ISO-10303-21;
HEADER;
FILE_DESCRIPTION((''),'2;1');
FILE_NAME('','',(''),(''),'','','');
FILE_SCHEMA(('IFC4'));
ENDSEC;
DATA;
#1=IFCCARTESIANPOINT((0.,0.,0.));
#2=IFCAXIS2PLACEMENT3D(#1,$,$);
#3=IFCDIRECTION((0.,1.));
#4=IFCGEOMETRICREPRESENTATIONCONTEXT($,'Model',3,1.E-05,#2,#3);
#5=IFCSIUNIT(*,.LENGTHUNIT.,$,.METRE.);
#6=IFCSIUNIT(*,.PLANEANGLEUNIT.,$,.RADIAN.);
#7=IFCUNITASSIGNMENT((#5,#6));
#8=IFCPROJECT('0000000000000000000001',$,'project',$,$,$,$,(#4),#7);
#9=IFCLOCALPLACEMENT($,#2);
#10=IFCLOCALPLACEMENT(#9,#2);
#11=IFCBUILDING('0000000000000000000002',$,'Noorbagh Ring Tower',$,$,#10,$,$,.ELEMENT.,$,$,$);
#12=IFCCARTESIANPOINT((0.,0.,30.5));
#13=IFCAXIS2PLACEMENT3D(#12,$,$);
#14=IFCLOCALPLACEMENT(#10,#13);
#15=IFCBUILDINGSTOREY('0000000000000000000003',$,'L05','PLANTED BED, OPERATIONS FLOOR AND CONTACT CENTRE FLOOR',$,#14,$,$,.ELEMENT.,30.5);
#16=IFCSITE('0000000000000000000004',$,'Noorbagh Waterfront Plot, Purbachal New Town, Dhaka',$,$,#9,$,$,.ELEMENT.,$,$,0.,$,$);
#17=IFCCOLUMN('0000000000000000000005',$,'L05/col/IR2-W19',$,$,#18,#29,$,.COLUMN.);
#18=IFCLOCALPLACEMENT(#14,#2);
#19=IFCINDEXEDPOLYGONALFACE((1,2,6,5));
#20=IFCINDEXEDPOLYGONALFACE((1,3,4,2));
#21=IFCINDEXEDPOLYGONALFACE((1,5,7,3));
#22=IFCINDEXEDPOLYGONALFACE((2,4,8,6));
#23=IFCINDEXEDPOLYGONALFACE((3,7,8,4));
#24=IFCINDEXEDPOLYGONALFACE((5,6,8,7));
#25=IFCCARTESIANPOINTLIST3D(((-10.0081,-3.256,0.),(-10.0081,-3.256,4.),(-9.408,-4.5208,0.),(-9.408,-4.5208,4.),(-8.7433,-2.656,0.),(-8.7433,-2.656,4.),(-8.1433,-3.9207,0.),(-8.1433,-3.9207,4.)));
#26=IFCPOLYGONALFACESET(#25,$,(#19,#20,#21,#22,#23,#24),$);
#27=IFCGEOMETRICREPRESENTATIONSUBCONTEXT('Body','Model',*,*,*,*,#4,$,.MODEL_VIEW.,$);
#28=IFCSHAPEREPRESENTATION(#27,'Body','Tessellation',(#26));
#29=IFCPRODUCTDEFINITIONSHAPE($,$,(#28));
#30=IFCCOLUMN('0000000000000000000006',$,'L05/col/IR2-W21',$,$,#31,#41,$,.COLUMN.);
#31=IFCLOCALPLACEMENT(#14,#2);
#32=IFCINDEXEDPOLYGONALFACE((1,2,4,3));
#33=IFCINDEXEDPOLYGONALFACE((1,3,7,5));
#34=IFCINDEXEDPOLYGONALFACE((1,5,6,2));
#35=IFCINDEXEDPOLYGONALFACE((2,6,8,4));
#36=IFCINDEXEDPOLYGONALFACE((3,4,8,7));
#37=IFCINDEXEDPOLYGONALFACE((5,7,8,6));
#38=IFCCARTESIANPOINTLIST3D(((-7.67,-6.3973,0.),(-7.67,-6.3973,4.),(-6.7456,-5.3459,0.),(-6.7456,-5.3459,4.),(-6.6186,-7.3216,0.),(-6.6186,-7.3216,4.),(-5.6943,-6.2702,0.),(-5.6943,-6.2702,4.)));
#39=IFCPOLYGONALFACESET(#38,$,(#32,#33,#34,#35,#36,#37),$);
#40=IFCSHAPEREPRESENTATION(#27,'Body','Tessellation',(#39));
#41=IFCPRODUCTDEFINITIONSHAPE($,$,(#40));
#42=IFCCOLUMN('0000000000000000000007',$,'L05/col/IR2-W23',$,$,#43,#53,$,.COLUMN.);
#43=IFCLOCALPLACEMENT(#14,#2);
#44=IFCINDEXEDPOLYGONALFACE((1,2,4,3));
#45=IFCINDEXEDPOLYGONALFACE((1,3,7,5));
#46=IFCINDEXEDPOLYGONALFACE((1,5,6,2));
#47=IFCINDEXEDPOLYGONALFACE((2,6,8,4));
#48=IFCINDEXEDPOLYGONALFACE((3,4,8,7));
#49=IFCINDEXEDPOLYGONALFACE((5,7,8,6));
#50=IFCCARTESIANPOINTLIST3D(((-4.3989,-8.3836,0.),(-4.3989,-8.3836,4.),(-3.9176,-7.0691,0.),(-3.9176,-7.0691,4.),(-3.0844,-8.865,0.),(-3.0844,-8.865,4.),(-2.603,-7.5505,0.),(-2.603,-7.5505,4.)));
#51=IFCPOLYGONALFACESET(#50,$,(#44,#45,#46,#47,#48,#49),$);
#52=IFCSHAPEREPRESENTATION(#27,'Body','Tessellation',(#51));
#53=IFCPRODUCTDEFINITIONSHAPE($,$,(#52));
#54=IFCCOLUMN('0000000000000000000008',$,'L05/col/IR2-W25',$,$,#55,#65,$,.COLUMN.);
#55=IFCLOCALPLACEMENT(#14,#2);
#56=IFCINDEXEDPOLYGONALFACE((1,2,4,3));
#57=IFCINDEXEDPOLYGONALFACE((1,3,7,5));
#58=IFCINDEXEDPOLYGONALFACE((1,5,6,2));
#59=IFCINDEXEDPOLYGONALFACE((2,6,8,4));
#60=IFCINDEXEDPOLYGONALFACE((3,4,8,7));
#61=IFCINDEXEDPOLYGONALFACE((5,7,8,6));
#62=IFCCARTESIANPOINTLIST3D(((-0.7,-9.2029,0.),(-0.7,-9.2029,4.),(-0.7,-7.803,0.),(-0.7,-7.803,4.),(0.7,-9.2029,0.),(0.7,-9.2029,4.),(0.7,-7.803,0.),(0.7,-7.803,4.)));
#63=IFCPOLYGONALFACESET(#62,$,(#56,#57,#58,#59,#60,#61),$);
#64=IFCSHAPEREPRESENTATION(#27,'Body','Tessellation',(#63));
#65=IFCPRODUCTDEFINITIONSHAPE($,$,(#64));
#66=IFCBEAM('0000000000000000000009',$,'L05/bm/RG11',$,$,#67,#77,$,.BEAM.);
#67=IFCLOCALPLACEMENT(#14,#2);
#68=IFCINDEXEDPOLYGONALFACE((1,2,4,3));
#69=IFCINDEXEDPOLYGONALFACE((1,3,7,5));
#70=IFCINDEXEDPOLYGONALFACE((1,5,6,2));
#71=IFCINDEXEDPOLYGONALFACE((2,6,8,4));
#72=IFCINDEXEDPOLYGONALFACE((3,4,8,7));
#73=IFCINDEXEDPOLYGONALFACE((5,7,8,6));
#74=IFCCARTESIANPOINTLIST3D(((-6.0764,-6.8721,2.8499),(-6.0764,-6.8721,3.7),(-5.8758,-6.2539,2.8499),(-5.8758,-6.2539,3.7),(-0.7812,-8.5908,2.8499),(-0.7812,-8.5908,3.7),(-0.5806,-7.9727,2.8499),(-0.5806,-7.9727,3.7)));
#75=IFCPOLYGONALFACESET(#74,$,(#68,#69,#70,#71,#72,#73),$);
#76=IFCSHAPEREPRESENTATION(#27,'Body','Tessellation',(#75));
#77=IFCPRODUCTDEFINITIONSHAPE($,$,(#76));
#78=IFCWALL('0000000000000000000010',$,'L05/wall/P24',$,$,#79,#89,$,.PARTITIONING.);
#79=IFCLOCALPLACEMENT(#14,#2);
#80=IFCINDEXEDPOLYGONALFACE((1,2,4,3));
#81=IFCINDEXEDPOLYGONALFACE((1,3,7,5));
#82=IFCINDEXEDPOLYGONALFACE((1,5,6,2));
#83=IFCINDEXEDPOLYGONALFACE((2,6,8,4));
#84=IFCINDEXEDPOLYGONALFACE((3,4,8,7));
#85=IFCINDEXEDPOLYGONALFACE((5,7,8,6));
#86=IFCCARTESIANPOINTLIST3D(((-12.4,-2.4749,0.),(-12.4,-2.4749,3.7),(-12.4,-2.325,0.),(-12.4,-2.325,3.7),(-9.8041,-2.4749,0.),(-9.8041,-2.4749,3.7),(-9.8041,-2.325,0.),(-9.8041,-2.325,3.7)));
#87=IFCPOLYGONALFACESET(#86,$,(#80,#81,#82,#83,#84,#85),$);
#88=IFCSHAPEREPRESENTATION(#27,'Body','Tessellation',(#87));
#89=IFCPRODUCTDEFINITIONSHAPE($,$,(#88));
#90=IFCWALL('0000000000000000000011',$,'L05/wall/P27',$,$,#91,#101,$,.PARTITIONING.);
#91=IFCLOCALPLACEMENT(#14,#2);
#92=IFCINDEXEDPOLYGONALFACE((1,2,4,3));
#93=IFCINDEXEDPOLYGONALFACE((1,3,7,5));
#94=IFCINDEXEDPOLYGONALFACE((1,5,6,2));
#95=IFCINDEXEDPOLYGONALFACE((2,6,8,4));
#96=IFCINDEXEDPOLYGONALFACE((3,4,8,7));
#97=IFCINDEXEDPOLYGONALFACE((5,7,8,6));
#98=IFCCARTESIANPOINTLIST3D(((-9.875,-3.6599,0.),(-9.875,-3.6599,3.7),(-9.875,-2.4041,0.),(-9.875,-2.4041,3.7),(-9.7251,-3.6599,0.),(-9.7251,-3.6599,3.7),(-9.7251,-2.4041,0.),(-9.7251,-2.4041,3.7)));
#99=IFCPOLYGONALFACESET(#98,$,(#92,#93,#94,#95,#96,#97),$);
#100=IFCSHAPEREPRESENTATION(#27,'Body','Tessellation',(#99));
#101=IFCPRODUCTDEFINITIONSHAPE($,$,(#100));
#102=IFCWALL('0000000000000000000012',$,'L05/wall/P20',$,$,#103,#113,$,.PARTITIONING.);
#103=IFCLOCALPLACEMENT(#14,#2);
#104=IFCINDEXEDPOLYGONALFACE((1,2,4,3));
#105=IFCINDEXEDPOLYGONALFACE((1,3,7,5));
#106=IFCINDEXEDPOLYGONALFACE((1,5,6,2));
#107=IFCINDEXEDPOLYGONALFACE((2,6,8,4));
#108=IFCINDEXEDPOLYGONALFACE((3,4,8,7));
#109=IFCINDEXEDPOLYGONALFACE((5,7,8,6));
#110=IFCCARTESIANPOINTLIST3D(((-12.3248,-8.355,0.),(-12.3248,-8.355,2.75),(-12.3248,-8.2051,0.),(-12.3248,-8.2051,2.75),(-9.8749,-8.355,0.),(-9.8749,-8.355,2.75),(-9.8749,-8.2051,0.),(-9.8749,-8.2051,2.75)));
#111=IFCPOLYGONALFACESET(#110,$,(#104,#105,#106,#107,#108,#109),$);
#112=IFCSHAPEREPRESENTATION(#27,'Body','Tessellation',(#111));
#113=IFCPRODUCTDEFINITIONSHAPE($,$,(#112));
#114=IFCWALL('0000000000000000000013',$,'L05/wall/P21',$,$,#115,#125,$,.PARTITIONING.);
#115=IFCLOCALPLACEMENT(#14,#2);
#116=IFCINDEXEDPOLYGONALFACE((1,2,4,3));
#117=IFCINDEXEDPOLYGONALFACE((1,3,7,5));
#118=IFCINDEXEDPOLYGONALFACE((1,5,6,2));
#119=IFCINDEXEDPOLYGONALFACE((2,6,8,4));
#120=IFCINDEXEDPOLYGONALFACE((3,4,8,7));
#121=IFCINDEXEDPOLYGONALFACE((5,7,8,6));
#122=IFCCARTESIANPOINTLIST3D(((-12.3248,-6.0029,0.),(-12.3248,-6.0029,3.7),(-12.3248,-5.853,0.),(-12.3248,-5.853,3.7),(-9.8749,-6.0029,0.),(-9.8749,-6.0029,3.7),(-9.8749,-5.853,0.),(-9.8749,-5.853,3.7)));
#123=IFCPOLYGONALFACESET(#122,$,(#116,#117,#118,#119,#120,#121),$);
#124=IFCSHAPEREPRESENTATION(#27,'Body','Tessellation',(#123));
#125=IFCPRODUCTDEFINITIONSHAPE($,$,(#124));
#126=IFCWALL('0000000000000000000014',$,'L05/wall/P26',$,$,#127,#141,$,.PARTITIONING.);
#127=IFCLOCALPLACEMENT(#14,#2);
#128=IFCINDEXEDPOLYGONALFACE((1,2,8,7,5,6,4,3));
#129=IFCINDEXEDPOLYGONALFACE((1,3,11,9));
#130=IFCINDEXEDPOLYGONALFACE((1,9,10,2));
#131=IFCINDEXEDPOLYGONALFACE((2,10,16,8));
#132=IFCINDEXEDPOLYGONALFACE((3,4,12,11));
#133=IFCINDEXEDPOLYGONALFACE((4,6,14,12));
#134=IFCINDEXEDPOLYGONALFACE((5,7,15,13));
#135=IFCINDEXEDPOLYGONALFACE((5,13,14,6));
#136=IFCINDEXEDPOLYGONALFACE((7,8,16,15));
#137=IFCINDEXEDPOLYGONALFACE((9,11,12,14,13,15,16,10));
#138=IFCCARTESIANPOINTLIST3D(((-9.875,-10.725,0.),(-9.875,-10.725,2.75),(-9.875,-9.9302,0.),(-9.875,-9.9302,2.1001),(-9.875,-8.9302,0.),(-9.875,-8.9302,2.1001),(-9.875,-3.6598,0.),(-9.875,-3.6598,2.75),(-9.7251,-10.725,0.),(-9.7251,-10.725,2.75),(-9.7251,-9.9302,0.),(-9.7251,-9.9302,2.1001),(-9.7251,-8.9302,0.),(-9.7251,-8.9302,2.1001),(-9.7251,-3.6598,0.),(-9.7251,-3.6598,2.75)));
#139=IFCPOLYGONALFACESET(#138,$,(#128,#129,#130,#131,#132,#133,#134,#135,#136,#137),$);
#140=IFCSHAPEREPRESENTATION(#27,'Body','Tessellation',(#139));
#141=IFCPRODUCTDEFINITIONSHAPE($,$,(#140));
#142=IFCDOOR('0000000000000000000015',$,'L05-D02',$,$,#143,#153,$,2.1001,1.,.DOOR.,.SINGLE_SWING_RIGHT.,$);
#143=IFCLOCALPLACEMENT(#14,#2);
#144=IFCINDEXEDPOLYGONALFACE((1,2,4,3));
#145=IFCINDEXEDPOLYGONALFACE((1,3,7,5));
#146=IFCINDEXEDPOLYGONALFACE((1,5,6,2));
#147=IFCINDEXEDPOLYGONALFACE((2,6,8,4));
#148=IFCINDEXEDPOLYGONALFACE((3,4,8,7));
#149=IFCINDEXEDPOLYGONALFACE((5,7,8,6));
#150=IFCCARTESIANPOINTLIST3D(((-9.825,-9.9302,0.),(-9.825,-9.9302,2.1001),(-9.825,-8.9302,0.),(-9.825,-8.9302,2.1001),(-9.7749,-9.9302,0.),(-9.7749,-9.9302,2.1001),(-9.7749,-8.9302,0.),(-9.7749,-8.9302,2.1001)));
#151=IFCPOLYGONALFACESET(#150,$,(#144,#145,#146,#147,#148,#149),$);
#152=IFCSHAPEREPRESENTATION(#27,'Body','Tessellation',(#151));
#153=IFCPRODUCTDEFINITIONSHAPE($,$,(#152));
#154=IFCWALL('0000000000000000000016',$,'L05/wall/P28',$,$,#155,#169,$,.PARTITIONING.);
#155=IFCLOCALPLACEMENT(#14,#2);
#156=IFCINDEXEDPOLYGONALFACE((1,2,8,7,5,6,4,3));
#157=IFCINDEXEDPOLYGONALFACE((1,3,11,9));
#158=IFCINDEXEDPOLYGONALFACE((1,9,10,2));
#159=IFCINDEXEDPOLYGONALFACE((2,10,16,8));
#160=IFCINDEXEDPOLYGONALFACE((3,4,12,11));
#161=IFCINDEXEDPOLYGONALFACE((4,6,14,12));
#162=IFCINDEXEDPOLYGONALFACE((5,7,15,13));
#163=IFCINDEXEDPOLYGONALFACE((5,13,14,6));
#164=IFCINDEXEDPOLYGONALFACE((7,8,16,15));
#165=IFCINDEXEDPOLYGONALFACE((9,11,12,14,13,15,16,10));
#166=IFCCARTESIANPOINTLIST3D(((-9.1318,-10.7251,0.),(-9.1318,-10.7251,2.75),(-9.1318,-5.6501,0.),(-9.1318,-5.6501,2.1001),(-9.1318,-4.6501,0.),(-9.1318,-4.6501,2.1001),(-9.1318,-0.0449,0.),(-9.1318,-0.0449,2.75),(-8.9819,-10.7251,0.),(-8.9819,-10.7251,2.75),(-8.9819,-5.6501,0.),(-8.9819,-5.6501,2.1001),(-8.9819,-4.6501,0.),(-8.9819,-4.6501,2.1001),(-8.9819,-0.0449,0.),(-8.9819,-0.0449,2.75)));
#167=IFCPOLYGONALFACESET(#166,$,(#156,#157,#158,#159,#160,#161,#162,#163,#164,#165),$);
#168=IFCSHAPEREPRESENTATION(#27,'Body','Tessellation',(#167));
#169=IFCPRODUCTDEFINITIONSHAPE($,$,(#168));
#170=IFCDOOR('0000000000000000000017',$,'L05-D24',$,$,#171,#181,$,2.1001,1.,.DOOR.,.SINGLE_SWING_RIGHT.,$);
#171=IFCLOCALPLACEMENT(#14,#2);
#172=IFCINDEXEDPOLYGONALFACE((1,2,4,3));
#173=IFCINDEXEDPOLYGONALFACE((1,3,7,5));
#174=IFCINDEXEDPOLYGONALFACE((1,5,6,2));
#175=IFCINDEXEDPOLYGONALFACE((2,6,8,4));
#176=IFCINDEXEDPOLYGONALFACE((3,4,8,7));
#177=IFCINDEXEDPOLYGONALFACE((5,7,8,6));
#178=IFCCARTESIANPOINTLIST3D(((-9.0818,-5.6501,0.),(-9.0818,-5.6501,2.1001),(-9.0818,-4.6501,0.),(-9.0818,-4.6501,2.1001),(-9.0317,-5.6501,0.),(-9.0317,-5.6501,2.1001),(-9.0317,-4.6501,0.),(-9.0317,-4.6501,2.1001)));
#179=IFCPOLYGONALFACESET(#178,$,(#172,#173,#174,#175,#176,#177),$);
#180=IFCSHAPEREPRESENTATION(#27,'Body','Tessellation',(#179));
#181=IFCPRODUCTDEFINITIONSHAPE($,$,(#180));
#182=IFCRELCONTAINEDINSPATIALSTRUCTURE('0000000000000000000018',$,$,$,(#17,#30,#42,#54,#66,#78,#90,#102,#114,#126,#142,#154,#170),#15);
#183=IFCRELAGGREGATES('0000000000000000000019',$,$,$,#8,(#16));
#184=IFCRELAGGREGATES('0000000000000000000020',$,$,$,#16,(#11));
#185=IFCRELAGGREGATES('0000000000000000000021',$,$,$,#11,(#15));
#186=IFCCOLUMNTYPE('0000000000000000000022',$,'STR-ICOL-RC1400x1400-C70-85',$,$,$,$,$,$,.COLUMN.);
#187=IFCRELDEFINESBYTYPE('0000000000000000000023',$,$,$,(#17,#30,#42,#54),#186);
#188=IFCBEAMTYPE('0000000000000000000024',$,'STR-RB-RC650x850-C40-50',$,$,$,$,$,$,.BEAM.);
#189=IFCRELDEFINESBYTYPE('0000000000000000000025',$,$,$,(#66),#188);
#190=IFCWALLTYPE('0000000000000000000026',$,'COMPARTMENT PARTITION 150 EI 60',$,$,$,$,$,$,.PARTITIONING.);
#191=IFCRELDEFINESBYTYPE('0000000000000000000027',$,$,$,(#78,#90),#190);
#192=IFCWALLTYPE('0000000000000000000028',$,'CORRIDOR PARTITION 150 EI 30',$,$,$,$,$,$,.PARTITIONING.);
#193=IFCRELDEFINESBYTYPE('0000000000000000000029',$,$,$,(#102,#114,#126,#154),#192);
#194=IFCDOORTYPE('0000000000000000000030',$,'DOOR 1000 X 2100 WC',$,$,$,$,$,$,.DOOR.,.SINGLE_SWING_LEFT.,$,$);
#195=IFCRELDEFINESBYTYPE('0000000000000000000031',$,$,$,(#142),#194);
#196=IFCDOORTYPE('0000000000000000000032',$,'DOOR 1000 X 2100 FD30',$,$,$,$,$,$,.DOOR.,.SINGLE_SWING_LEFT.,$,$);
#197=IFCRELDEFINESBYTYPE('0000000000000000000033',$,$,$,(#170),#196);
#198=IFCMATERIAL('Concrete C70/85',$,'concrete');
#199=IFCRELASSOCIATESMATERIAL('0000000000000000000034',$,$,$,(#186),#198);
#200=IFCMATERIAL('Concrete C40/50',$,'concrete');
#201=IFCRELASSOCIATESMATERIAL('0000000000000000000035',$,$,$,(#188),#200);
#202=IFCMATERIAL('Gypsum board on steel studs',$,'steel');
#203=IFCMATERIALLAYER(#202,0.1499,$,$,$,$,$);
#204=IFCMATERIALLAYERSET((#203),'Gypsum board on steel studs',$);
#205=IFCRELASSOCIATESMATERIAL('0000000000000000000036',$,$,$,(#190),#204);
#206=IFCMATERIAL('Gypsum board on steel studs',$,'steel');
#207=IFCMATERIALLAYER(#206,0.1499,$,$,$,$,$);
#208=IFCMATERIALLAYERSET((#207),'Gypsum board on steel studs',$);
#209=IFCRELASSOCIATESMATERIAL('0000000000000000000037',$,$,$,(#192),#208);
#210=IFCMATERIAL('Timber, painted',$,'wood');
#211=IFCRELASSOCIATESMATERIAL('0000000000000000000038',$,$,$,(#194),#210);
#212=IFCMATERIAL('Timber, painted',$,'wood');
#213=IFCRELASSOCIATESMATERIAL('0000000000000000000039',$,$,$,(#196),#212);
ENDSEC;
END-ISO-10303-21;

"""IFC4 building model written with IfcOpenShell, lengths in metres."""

from ifc_helpers import new_model, si_unit, direction, frame, frame_2d, origin, origin_2d, place, context, subcontext, project, spatial, rectangle, extrude, material, layer, layer_set, material_profile, profile_set, type_object, element, fill, save


model = new_model("IFC4")

# Units and contexts
model_context = context("Model", 3, precision=1e-05, world=origin(), true_north=direction((0.0, 1.0)))
body_context = subcontext(model_context, "Body", "Model", "MODEL_VIEW")
ifc_project = project(units=[si_unit("LENGTHUNIT", "METRE"), si_unit("PLANEANGLEUNIT", "RADIAN")], contexts=[model_context])

# Site, building, storey
site_placement = place(None, origin())
site = spatial("IfcSite", under=ifc_project, at=site_placement, Name="Noorbagh Waterfront Plot, Purbachal New Town, Dhaka", CompositionType="ELEMENT", RefElevation=0.0)
building_placement = place(site_placement, origin())
building = spatial("IfcBuilding", under=site, at=building_placement, Name="Noorbagh Ring Tower", CompositionType="ELEMENT")
storey_placement = place(building_placement, frame((0.0, 0.0, 30.5)))
storey = spatial("IfcBuildingStorey", under=building, at=storey_placement, Name="L05", Description="PLANTED BED, OPERATIONS FLOOR AND CONTACT CENTRE FLOOR", CompositionType="ELEMENT", Elevation=30.5)

# Columns
ifc_material_1 = material(Name="Concrete C70/85", Category="concrete")
ifc_material_profile_1 = material_profile(ifc_material_1, rectangle(XDim=1.3999, YDim=1.3999, at=origin_2d()), Name="RC1400x1400")
ifc_profile_set_1 = profile_set([ifc_material_profile_1], Name="Concrete C70/85")
column_type = type_object("IfcColumnType", Name="STR-ICOL-RC1400x1400-C70-85", PredefinedType="COLUMN", material=ifc_profile_set_1)
for number, where, z_axis, x_axis, name in (
    (1, (-9.0757, -3.5884, 0.0), (0.0, 0.0, 1.0), (0.428667, -0.903463, 0.0), "L05/col/IR2-W19"),
    (2, (-6.6821, -6.3337, 0.0), (0.0, 0.0, 1.0), (0.751022, -0.660277, 0.0), "L05/col/IR2-W21"),
    (3, (-3.501, -7.967, 0.0), (0.0, 0.0, 1.0), (0.93902, -0.343864, 0.0), "L05/col/IR2-W23"),
    (4, (0.0, -8.5029, 0.0), (0.0, 0.0, 1.0), (1.0, 0.0, 0.0), "L05/col/IR2-W25"),
):
    element("IfcColumn", number, at=place(storey_placement, frame(where, z_axis=z_axis, x_axis=x_axis)), inside=storey, type_object=column_type, Name=name, PredefinedType="COLUMN", context=body_context, shape_type="SweptSolid", body=[
        extrude(rectangle(XDim=1.3999, YDim=1.3999, at=origin_2d()), origin(), (0.0, 0.0, 1.0), 4.0),
    ])

# Beam
ifc_material_2 = material(Name="Concrete C40/50", Category="concrete")
ifc_material_profile_2 = material_profile(ifc_material_2, rectangle(XDim=0.6499, YDim=0.8501, at=origin_2d()), Name="RC650x850")
ifc_profile_set_2 = profile_set([ifc_material_profile_2], Name="Concrete C40/50")
beam_type = type_object("IfcBeamType", Name="STR-RB-RC650x850-C40-50", PredefinedType="BEAM", material=ifc_profile_set_2)
beam_placement = place(storey_placement, frame((-5.9761, -6.563, 3.2749), z_axis=(0.951149, -0.308732, 0.0), x_axis=(0.308732, 0.951149, 0.0)))
element("IfcBeam", 5, at=beam_placement, inside=storey, type_object=beam_type, Name="L05/bm/RG11", PredefinedType="BEAM", context=body_context, shape_type="SweptSolid", body=[
    extrude(rectangle(XDim=0.6499, YDim=0.8501, at=origin_2d()), origin(), (0.0, 0.0, 1.0), 5.5671),
])

# Walls
ifc_material_3 = material(Name="Gypsum board on steel studs", Category="steel")
ifc_layer_1 = layer(ifc_material_3, 0.1499)
ifc_layer_set_1 = layer_set([ifc_layer_1], Name="Gypsum board on steel studs")
wall_type_1 = type_object("IfcWallType", Name="COMPARTMENT PARTITION 150 EI 60", PredefinedType="PARTITIONING", material=ifc_layer_set_1)
wall_1_placement = place(storey_placement, frame((-12.3999, -2.3999, 0.0), z_axis=(0.0, 0.0, 1.0), x_axis=(1.0, 0.0, 0.0)))
element("IfcWall", 6, at=wall_1_placement, inside=storey, type_object=wall_type_1, Name="L05/wall/P24", PredefinedType="PARTITIONING", context=body_context, shape_type="SweptSolid", body=[
    extrude(rectangle(XDim=2.5959, YDim=0.1499, at=frame_2d((1.2979, 0.0))), origin(), (0.0, 0.0, 1.0), 3.7),
])
wall_2_placement = place(storey_placement, frame((-9.8, -3.6599, 0.0), z_axis=(0.0, 0.0, 1.0), x_axis=(0.0, 1.0, 0.0)))
element("IfcWall", 7, at=wall_2_placement, inside=storey, type_object=wall_type_1, Name="L05/wall/P27", PredefinedType="PARTITIONING", context=body_context, shape_type="SweptSolid", body=[
    extrude(rectangle(XDim=1.2559, YDim=0.1499, at=frame_2d((0.6279, 0.0))), origin(), (0.0, 0.0, 1.0), 3.7),
])
ifc_material_4 = material(Name="Gypsum board on steel studs", Category="steel")
ifc_layer_2 = layer(ifc_material_4, 0.1499)
ifc_layer_set_2 = layer_set([ifc_layer_2], Name="Gypsum board on steel studs")
wall_type_2 = type_object("IfcWallType", Name="CORRIDOR PARTITION 150 EI 30", PredefinedType="PARTITIONING", material=ifc_layer_set_2)
wall_3_placement = place(storey_placement, frame((-12.325, -8.28, 0.0), z_axis=(0.0, 0.0, 1.0), x_axis=(1.0, 0.0, 0.0)))
element("IfcWall", 8, at=wall_3_placement, inside=storey, type_object=wall_type_2, Name="L05/wall/P20", PredefinedType="PARTITIONING", context=body_context, shape_type="SweptSolid", body=[
    extrude(rectangle(XDim=2.45, YDim=0.1499, at=frame_2d((1.2251, 0.0))), origin(), (0.0, 0.0, 1.0), 2.75),
])
wall_4_placement = place(storey_placement, frame((-12.325, -5.928, 0.0), z_axis=(0.0, 0.0, 1.0), x_axis=(1.0, 0.0, 0.0)))
element("IfcWall", 9, at=wall_4_placement, inside=storey, type_object=wall_type_2, Name="L05/wall/P21", PredefinedType="PARTITIONING", context=body_context, shape_type="SweptSolid", body=[
    extrude(rectangle(XDim=2.45, YDim=0.1499, at=frame_2d((1.2251, 0.0))), origin(), (0.0, 0.0, 1.0), 3.7),
])

# Walls, openings, doors
wall_5_placement = place(storey_placement, frame((-9.8, -10.7251, 0.0), z_axis=(0.0, 0.0, 1.0), x_axis=(0.0, 1.0, 0.0)))
wall_5 = element("IfcWall", 10, at=wall_5_placement, inside=storey, type_object=wall_type_2, Name="L05/wall/P26", PredefinedType="PARTITIONING", context=body_context, shape_type="SweptSolid", body=[
    extrude(rectangle(XDim=7.0652, YDim=0.1499, at=frame_2d((3.5327, 0.0))), origin(), (0.0, 0.0, 1.0), 2.75),
])
opening_1_placement = place(wall_5_placement, frame((0.7949, 0.0, 0.0)))
opening_1 = element("IfcOpeningElement", 11, at=opening_1_placement, cuts=wall_5, PredefinedType="OPENING", context=body_context, shape_type="SweptSolid", body=[
    extrude(rectangle(XDim=1.0, YDim=2.1001, at=frame_2d((0.5, 1.05))), frame((0.0, 0.085, 0.0), z_axis=(0.0, -1.0, 0.0), x_axis=(1.0, 0.0, 0.0)), (0.0, 0.0, 1.0), 0.1699),
])
ifc_material_5 = material(Name="Timber, painted", Category="wood")
door_type_1 = type_object("IfcDoorType", Name="DOOR 1000 X 2100 WC", OperationType="SINGLE_SWING_LEFT", PredefinedType="DOOR", material=ifc_material_5)
door_1_placement = place(opening_1_placement, origin())
door_1 = element("IfcDoor", 12, at=door_1_placement, inside=storey, type_object=door_type_1, Name="L05-D02", OperationType="SINGLE_SWING_RIGHT", OverallHeight=2.1001, OverallWidth=1.0, PredefinedType="DOOR", context=body_context, shape_type="SweptSolid", body=[
    extrude(rectangle(XDim=1.0, YDim=2.1001, at=frame_2d((0.5, 1.05))), frame((0.0, 0.0249, 0.0), z_axis=(0.0, -1.0, 0.0), x_axis=(1.0, 0.0, 0.0)), (0.0, 0.0, 1.0), 0.05),
])
fill(opening_1, door_1)
wall_6_placement = place(storey_placement, frame((-9.0569, -10.7251, 0.0), z_axis=(0.0, 0.0, 1.0), x_axis=(0.0, 1.0, 0.0)))
wall_6 = element("IfcWall", 13, at=wall_6_placement, inside=storey, type_object=wall_type_2, Name="L05/wall/P28", PredefinedType="PARTITIONING", context=body_context, shape_type="SweptSolid", body=[
    extrude(rectangle(XDim=10.6802, YDim=0.1499, at=frame_2d((5.3401, 0.0))), origin(), (0.0, 0.0, 1.0), 2.75),
])
opening_2_placement = place(wall_6_placement, frame((5.075, 0.0, 0.0)))
opening_2 = element("IfcOpeningElement", 14, at=opening_2_placement, cuts=wall_6, PredefinedType="OPENING", context=body_context, shape_type="SweptSolid", body=[
    extrude(rectangle(XDim=1.0, YDim=2.1001, at=frame_2d((0.5, 1.05))), frame((0.0, 0.085, 0.0), z_axis=(0.0, -1.0, 0.0), x_axis=(1.0, 0.0, 0.0)), (0.0, 0.0, 1.0), 0.1699),
])
ifc_material_6 = material(Name="Timber, painted", Category="wood")
door_type_2 = type_object("IfcDoorType", Name="DOOR 1000 X 2100 FD30", OperationType="SINGLE_SWING_LEFT", PredefinedType="DOOR", material=ifc_material_6)
door_2_placement = place(opening_2_placement, origin())
door_2 = element("IfcDoor", 15, at=door_2_placement, inside=storey, type_object=door_type_2, Name="L05-D24", OperationType="SINGLE_SWING_RIGHT", OverallHeight=2.1001, OverallWidth=1.0, PredefinedType="DOOR", context=body_context, shape_type="SweptSolid", body=[
    extrude(rectangle(XDim=1.0, YDim=2.1001, at=frame_2d((0.5, 1.05))), frame((0.0, 0.0249, 0.0), z_axis=(0.0, -1.0, 0.0), x_axis=(1.0, 0.0, 0.0)), (0.0, 0.0, 1.0), 0.05),
])
fill(opening_2, door_2)

save(model, "model.ifc")
